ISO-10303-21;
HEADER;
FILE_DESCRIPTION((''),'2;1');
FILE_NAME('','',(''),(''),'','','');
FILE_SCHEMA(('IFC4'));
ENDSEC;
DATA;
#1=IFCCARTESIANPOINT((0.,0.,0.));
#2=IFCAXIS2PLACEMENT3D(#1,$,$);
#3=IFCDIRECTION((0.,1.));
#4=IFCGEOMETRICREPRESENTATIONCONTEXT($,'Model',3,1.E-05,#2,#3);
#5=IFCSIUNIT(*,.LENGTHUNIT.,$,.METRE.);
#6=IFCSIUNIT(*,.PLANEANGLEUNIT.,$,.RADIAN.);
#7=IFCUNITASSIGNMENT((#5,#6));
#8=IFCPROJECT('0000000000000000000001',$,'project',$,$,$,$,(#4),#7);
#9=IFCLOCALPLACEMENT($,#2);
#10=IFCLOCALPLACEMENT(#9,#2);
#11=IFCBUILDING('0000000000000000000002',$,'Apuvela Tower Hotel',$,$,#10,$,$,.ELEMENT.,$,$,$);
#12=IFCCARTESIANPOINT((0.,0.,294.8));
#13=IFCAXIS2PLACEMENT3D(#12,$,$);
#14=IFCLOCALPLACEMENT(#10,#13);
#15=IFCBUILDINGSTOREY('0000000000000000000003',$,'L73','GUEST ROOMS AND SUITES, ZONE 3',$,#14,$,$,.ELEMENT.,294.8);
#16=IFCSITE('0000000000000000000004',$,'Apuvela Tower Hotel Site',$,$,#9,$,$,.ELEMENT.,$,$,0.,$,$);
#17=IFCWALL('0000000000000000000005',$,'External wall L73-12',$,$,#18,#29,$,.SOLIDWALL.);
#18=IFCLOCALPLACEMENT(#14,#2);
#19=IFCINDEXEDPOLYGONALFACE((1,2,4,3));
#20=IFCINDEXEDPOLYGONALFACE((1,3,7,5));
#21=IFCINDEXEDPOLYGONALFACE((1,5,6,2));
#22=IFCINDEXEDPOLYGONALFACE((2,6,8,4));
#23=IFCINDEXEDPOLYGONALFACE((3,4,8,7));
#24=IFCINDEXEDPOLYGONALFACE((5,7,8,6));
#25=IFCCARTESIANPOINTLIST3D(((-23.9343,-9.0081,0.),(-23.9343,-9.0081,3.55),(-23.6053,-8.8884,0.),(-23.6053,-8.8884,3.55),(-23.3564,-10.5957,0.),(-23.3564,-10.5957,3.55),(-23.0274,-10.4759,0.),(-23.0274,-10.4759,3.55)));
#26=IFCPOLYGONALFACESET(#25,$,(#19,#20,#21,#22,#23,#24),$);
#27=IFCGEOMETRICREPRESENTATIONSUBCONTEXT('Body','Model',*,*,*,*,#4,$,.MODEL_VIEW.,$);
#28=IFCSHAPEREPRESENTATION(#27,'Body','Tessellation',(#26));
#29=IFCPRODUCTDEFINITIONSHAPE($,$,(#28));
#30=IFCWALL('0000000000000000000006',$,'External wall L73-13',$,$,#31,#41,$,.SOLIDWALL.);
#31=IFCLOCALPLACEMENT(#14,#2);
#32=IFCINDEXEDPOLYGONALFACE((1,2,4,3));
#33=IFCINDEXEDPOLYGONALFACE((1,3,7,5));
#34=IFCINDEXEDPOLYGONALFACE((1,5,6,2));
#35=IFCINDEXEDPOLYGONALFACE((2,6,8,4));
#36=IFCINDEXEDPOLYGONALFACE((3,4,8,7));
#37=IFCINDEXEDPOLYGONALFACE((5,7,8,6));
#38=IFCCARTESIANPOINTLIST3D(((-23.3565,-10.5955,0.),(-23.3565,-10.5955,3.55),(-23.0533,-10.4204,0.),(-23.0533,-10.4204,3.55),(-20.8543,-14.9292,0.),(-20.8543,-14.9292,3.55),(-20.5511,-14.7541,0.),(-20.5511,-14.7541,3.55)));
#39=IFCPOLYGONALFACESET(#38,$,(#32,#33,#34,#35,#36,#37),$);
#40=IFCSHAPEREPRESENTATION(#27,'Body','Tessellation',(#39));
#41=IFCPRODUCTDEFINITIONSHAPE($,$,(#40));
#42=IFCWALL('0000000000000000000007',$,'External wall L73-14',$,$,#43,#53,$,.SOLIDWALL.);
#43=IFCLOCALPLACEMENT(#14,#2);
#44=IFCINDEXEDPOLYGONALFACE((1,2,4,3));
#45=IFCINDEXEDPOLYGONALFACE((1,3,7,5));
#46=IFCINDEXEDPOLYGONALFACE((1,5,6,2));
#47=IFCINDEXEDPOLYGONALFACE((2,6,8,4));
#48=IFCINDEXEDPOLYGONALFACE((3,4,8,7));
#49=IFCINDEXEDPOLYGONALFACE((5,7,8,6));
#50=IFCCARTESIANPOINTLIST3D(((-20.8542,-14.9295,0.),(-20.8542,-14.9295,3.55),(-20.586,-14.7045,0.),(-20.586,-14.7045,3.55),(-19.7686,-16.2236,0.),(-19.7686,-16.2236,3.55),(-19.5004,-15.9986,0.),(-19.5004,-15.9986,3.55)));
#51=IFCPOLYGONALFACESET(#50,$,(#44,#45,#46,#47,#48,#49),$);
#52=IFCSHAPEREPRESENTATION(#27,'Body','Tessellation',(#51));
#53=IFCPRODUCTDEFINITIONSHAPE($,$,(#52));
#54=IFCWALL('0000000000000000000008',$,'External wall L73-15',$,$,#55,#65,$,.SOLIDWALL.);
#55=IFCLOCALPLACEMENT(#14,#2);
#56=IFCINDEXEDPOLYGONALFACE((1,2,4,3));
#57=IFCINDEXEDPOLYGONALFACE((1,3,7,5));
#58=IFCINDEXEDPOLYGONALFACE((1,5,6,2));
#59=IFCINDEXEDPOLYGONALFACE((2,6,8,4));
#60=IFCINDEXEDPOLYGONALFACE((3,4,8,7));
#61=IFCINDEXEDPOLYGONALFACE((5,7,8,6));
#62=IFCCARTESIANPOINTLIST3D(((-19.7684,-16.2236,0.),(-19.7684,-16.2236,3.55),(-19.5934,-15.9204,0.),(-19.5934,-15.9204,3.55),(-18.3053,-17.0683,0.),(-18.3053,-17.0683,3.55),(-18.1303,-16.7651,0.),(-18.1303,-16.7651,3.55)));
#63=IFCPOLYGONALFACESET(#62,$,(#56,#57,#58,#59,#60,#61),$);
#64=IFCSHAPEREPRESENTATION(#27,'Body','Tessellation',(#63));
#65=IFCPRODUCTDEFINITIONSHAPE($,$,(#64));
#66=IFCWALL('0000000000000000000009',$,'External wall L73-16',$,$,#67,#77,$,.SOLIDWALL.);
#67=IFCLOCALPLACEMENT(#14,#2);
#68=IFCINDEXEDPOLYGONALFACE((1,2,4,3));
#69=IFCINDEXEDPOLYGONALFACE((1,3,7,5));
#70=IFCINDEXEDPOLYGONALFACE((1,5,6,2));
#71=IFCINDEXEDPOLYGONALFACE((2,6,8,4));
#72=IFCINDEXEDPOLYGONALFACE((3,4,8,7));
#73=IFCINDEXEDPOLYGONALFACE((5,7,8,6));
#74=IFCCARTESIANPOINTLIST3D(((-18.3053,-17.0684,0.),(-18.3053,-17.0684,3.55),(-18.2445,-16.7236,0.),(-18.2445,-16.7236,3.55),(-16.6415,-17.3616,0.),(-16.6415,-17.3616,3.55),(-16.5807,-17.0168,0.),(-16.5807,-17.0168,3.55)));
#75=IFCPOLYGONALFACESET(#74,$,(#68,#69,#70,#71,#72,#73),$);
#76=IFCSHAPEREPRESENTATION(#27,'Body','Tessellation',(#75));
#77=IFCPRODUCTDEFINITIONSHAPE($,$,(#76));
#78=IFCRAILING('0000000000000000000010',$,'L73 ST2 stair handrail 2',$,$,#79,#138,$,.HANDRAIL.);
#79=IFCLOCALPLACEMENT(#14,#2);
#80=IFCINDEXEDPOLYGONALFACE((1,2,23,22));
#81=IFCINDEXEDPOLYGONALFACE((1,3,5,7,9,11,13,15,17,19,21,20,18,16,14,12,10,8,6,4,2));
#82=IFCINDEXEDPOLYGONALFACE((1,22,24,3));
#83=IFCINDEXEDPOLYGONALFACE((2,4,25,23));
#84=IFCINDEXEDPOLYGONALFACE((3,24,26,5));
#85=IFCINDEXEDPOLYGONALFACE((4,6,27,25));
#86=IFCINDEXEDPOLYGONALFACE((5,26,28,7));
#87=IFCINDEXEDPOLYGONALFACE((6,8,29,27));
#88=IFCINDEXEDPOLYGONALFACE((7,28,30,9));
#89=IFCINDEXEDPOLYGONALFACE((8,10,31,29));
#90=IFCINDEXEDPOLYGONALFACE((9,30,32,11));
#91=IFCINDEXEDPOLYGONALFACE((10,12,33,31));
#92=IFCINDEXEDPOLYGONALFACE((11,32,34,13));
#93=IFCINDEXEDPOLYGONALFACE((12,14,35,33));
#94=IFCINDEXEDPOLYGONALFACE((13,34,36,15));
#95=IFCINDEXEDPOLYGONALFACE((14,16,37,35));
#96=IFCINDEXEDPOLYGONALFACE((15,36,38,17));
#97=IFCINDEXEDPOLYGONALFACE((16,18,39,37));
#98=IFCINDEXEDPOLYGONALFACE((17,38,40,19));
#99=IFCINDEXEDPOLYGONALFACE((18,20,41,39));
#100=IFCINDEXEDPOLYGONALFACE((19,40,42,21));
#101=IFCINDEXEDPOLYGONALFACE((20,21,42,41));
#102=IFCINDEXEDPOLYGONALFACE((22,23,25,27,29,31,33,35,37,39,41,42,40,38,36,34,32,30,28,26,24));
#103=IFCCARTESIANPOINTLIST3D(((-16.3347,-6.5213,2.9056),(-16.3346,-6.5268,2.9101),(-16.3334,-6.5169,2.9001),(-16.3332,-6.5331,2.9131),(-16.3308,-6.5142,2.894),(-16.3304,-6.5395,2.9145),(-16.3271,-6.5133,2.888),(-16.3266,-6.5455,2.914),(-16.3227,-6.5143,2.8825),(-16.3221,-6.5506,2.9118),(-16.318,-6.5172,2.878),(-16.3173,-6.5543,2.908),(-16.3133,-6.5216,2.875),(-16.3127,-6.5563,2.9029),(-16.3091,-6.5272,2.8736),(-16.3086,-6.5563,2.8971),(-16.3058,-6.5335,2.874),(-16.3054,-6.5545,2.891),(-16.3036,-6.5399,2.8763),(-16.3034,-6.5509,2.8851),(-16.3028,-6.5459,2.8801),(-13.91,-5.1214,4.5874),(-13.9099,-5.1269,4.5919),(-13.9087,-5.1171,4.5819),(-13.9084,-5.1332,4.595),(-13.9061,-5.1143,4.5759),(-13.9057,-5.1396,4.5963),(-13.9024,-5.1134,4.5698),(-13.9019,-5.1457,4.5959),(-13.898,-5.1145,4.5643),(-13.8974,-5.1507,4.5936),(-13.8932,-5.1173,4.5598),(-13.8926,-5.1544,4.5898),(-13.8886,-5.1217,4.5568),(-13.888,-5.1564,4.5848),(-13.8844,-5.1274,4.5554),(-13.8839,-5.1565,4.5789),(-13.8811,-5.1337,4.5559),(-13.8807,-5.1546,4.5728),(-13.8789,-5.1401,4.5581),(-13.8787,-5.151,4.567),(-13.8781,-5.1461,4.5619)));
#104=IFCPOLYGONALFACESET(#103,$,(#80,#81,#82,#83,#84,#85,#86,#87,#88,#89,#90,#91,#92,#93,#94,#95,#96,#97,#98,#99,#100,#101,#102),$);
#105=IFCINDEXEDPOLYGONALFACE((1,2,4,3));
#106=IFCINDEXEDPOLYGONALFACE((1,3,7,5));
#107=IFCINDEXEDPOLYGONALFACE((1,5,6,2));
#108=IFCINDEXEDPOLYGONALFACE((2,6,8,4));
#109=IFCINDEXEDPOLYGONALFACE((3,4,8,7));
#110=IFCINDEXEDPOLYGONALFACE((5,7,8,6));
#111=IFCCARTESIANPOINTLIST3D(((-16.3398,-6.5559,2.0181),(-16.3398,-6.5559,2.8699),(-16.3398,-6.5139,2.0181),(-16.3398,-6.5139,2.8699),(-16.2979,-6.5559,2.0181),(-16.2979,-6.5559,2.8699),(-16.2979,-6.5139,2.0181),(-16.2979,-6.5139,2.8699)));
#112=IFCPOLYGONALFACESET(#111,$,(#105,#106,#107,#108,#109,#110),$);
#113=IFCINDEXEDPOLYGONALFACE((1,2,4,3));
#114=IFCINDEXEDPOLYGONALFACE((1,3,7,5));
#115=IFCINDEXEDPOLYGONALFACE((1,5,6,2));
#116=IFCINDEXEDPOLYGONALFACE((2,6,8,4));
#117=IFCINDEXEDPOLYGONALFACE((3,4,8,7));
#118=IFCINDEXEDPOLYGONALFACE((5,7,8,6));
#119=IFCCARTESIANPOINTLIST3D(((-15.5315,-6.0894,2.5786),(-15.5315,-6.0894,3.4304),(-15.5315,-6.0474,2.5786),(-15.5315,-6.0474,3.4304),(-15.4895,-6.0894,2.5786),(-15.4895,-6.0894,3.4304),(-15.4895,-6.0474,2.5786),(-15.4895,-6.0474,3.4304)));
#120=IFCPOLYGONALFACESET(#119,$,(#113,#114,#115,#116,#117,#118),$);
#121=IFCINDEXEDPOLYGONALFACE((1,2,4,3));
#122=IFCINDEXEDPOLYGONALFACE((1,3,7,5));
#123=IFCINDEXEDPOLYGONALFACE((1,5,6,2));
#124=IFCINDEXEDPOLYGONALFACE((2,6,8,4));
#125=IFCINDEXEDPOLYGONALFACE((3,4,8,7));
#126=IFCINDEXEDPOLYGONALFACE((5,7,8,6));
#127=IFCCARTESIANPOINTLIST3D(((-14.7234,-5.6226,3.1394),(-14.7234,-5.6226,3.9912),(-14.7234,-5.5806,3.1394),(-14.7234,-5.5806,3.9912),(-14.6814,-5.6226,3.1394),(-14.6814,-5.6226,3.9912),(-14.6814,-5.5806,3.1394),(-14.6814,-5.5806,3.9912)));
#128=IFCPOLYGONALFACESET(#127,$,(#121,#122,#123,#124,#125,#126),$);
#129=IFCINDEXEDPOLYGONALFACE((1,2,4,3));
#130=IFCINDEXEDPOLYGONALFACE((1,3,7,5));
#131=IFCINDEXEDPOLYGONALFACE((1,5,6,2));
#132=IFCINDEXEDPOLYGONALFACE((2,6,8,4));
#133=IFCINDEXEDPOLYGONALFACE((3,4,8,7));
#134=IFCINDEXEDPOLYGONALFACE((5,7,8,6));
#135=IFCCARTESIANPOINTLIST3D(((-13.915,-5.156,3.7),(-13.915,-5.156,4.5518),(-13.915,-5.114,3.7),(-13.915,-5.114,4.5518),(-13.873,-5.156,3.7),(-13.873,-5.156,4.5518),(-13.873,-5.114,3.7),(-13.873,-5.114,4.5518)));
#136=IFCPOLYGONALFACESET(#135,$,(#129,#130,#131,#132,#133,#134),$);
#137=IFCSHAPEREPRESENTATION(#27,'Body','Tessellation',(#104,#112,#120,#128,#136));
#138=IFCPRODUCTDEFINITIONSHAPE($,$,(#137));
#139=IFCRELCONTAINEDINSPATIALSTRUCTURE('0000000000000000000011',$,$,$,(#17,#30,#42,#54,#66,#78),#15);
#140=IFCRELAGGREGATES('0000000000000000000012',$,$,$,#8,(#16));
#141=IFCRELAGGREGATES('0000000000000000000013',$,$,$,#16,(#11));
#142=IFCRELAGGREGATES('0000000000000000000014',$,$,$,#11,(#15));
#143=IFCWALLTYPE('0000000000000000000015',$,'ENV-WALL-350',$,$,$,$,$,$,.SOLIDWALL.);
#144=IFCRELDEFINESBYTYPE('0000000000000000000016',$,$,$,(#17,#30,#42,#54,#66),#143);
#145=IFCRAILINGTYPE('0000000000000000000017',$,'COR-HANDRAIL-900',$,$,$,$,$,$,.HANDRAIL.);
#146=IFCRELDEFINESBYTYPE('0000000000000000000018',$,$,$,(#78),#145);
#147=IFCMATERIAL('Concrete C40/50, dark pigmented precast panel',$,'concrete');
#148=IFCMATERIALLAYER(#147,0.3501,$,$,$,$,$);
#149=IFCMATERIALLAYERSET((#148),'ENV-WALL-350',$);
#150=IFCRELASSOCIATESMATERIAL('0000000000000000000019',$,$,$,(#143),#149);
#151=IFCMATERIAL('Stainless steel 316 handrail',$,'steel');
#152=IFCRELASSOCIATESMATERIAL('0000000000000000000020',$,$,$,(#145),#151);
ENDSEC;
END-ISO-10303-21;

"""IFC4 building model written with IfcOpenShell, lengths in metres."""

from ifc_helpers import new_model, si_unit, direction, frame, frame_2d, origin, origin_2d, place, context, subcontext, project, spatial, rectangle, circle, extrude, material, layer, layer_set, type_object, element, save


model = new_model("IFC4")

# Units and contexts
model_context = context("Model", 3, precision=1e-05, world=origin(), true_north=direction((0.0, 1.0)))
body_context = subcontext(model_context, "Body", "Model", "MODEL_VIEW")
ifc_project = project(units=[si_unit("LENGTHUNIT", "METRE"), si_unit("PLANEANGLEUNIT", "RADIAN")], contexts=[model_context])

# Site, building, storey
site_placement = place(None, origin())
site = spatial("IfcSite", under=ifc_project, at=site_placement, Name="Apuvela Tower Hotel Site", CompositionType="ELEMENT", RefElevation=0.0)
building_placement = place(site_placement, origin())
building = spatial("IfcBuilding", under=site, at=building_placement, Name="Apuvela Tower Hotel", CompositionType="ELEMENT")
storey_placement = place(building_placement, frame((0.0, 0.0, 294.8)))
storey = spatial("IfcBuildingStorey", under=building, at=storey_placement, Name="L73", Description="GUEST ROOMS AND SUITES, ZONE 3", CompositionType="ELEMENT", Elevation=294.8)

# Walls
ifc_material_1 = material(Name="Concrete C40/50, dark pigmented precast panel", Category="concrete")
ifc_layer_1 = layer(ifc_material_1, 0.3501)
ifc_layer_set_1 = layer_set([ifc_layer_1], Name="ENV-WALL-350")
wall_type_1 = type_object("IfcWallType", Name="ENV-WALL-350", PredefinedType="SOLIDWALL", material=ifc_layer_set_1)
for number, where, z_axis, x_axis, name in (
    (1, (-23.7698, -8.9482, 0.0), (0.0, 0.0, 1.0), (0.342033, -0.939688, 0.0), "External wall L73-12"),
):
    element("IfcWall", number, at=place(storey_placement, frame(where, z_axis=z_axis, x_axis=x_axis)), inside=storey, type_object=wall_type_1, Name=name, PredefinedType="SOLIDWALL", context=body_context, shape_type="SweptSolid", body=[
        extrude(rectangle(XDim=1.6895, YDim=0.3501, at=frame_2d((0.8447, 0.0))), origin(), (0.0, 0.0, 1.0), 3.55),
    ])
wall_1_placement = place(storey_placement, frame((-23.2048, -10.5081, 0.0), z_axis=(0.0, 0.0, 1.0), x_axis=(0.500017, -0.866016, 0.0)))
element("IfcWall", 2, at=wall_1_placement, inside=storey, type_object=wall_type_1, Name="External wall L73-13", PredefinedType="SOLIDWALL", context=body_context, shape_type="SweptSolid", body=[
    extrude(rectangle(XDim=5.0042, YDim=0.3501, at=frame_2d((2.502, 0.0))), origin(), (0.0, 0.0, 1.0), 3.55),
])
wall_2_placement = place(storey_placement, frame((-20.7202, -14.8169, 0.0), z_axis=(0.0, 0.0, 1.0), x_axis=(0.642697, -0.76612, 0.0)))
element("IfcWall", 3, at=wall_2_placement, inside=storey, type_object=wall_type_1, Name="External wall L73-14", PredefinedType="SOLIDWALL", context=body_context, shape_type="SweptSolid", body=[
    extrude(rectangle(XDim=1.6892, YDim=0.3501, at=frame_2d((0.8447, 0.0))), origin(), (0.0, 0.0, 1.0), 3.55),
])
for number, where, z_axis, x_axis, name in (
    (4, (-19.6809, -16.072, 0.0), (0.0, 0.0, 1.0), (0.866029, -0.499993, 0.0), "External wall L73-15"),
    (5, (-18.2749, -16.896, 0.0), (0.0, 0.0, 1.0), (0.984824, -0.173555, 0.0), "External wall L73-16"),
):
    element("IfcWall", number, at=place(storey_placement, frame(where, z_axis=z_axis, x_axis=x_axis)), inside=storey, type_object=wall_type_1, Name=name, PredefinedType="SOLIDWALL", context=body_context, shape_type="SweptSolid", body=[
        extrude(rectangle(XDim=1.6895, YDim=0.3501, at=frame_2d((0.8447, 0.0))), origin(), (0.0, 0.0, 1.0), 3.55),
    ])

# Railing
ifc_material_2 = material(Name="Stainless steel 316 handrail", Category="steel")
railing_type_1 = type_object("IfcRailingType", Name="COR-HANDRAIL-900", PredefinedType="HANDRAIL", material=ifc_material_2)
railing_1_placement = place(storey_placement, frame((-16.3188, -6.5349, 2.0181)))
element("IfcRailing", 6, at=railing_1_placement, inside=storey, type_object=railing_type_1, Name="L73 ST2 stair handrail 2", PredefinedType="HANDRAIL", context=body_context, shape_type="SweptSolid", body=[
    extrude(circle(Radius=0.0239, at=origin_2d()), frame((0.0, 0.0, 0.876), z_axis=(0.74239, 0.428601, 0.514934), x_axis=(-0.499984, 0.866035, 0.0)), (0.0, 0.0, 1.0), 3.2661),
    extrude(rectangle(XDim=0.042, YDim=0.042, at=origin_2d()), origin(), (0.0, 0.0, 1.0), 0.8518),
    extrude(rectangle(XDim=0.042, YDim=0.042, at=origin_2d()), frame((0.8083, 0.4666, 0.5605)), (0.0, 0.0, 1.0), 0.8518),
    extrude(rectangle(XDim=0.042, YDim=0.042, at=origin_2d()), frame((1.6165, 0.9333, 1.1213)), (0.0, 0.0, 1.0), 0.8518),
    extrude(rectangle(XDim=0.042, YDim=0.042, at=origin_2d()), frame((2.4248, 1.3999, 1.6819)), (0.0, 0.0, 1.0), 0.8518),
])

save(model, "model.ifc")
